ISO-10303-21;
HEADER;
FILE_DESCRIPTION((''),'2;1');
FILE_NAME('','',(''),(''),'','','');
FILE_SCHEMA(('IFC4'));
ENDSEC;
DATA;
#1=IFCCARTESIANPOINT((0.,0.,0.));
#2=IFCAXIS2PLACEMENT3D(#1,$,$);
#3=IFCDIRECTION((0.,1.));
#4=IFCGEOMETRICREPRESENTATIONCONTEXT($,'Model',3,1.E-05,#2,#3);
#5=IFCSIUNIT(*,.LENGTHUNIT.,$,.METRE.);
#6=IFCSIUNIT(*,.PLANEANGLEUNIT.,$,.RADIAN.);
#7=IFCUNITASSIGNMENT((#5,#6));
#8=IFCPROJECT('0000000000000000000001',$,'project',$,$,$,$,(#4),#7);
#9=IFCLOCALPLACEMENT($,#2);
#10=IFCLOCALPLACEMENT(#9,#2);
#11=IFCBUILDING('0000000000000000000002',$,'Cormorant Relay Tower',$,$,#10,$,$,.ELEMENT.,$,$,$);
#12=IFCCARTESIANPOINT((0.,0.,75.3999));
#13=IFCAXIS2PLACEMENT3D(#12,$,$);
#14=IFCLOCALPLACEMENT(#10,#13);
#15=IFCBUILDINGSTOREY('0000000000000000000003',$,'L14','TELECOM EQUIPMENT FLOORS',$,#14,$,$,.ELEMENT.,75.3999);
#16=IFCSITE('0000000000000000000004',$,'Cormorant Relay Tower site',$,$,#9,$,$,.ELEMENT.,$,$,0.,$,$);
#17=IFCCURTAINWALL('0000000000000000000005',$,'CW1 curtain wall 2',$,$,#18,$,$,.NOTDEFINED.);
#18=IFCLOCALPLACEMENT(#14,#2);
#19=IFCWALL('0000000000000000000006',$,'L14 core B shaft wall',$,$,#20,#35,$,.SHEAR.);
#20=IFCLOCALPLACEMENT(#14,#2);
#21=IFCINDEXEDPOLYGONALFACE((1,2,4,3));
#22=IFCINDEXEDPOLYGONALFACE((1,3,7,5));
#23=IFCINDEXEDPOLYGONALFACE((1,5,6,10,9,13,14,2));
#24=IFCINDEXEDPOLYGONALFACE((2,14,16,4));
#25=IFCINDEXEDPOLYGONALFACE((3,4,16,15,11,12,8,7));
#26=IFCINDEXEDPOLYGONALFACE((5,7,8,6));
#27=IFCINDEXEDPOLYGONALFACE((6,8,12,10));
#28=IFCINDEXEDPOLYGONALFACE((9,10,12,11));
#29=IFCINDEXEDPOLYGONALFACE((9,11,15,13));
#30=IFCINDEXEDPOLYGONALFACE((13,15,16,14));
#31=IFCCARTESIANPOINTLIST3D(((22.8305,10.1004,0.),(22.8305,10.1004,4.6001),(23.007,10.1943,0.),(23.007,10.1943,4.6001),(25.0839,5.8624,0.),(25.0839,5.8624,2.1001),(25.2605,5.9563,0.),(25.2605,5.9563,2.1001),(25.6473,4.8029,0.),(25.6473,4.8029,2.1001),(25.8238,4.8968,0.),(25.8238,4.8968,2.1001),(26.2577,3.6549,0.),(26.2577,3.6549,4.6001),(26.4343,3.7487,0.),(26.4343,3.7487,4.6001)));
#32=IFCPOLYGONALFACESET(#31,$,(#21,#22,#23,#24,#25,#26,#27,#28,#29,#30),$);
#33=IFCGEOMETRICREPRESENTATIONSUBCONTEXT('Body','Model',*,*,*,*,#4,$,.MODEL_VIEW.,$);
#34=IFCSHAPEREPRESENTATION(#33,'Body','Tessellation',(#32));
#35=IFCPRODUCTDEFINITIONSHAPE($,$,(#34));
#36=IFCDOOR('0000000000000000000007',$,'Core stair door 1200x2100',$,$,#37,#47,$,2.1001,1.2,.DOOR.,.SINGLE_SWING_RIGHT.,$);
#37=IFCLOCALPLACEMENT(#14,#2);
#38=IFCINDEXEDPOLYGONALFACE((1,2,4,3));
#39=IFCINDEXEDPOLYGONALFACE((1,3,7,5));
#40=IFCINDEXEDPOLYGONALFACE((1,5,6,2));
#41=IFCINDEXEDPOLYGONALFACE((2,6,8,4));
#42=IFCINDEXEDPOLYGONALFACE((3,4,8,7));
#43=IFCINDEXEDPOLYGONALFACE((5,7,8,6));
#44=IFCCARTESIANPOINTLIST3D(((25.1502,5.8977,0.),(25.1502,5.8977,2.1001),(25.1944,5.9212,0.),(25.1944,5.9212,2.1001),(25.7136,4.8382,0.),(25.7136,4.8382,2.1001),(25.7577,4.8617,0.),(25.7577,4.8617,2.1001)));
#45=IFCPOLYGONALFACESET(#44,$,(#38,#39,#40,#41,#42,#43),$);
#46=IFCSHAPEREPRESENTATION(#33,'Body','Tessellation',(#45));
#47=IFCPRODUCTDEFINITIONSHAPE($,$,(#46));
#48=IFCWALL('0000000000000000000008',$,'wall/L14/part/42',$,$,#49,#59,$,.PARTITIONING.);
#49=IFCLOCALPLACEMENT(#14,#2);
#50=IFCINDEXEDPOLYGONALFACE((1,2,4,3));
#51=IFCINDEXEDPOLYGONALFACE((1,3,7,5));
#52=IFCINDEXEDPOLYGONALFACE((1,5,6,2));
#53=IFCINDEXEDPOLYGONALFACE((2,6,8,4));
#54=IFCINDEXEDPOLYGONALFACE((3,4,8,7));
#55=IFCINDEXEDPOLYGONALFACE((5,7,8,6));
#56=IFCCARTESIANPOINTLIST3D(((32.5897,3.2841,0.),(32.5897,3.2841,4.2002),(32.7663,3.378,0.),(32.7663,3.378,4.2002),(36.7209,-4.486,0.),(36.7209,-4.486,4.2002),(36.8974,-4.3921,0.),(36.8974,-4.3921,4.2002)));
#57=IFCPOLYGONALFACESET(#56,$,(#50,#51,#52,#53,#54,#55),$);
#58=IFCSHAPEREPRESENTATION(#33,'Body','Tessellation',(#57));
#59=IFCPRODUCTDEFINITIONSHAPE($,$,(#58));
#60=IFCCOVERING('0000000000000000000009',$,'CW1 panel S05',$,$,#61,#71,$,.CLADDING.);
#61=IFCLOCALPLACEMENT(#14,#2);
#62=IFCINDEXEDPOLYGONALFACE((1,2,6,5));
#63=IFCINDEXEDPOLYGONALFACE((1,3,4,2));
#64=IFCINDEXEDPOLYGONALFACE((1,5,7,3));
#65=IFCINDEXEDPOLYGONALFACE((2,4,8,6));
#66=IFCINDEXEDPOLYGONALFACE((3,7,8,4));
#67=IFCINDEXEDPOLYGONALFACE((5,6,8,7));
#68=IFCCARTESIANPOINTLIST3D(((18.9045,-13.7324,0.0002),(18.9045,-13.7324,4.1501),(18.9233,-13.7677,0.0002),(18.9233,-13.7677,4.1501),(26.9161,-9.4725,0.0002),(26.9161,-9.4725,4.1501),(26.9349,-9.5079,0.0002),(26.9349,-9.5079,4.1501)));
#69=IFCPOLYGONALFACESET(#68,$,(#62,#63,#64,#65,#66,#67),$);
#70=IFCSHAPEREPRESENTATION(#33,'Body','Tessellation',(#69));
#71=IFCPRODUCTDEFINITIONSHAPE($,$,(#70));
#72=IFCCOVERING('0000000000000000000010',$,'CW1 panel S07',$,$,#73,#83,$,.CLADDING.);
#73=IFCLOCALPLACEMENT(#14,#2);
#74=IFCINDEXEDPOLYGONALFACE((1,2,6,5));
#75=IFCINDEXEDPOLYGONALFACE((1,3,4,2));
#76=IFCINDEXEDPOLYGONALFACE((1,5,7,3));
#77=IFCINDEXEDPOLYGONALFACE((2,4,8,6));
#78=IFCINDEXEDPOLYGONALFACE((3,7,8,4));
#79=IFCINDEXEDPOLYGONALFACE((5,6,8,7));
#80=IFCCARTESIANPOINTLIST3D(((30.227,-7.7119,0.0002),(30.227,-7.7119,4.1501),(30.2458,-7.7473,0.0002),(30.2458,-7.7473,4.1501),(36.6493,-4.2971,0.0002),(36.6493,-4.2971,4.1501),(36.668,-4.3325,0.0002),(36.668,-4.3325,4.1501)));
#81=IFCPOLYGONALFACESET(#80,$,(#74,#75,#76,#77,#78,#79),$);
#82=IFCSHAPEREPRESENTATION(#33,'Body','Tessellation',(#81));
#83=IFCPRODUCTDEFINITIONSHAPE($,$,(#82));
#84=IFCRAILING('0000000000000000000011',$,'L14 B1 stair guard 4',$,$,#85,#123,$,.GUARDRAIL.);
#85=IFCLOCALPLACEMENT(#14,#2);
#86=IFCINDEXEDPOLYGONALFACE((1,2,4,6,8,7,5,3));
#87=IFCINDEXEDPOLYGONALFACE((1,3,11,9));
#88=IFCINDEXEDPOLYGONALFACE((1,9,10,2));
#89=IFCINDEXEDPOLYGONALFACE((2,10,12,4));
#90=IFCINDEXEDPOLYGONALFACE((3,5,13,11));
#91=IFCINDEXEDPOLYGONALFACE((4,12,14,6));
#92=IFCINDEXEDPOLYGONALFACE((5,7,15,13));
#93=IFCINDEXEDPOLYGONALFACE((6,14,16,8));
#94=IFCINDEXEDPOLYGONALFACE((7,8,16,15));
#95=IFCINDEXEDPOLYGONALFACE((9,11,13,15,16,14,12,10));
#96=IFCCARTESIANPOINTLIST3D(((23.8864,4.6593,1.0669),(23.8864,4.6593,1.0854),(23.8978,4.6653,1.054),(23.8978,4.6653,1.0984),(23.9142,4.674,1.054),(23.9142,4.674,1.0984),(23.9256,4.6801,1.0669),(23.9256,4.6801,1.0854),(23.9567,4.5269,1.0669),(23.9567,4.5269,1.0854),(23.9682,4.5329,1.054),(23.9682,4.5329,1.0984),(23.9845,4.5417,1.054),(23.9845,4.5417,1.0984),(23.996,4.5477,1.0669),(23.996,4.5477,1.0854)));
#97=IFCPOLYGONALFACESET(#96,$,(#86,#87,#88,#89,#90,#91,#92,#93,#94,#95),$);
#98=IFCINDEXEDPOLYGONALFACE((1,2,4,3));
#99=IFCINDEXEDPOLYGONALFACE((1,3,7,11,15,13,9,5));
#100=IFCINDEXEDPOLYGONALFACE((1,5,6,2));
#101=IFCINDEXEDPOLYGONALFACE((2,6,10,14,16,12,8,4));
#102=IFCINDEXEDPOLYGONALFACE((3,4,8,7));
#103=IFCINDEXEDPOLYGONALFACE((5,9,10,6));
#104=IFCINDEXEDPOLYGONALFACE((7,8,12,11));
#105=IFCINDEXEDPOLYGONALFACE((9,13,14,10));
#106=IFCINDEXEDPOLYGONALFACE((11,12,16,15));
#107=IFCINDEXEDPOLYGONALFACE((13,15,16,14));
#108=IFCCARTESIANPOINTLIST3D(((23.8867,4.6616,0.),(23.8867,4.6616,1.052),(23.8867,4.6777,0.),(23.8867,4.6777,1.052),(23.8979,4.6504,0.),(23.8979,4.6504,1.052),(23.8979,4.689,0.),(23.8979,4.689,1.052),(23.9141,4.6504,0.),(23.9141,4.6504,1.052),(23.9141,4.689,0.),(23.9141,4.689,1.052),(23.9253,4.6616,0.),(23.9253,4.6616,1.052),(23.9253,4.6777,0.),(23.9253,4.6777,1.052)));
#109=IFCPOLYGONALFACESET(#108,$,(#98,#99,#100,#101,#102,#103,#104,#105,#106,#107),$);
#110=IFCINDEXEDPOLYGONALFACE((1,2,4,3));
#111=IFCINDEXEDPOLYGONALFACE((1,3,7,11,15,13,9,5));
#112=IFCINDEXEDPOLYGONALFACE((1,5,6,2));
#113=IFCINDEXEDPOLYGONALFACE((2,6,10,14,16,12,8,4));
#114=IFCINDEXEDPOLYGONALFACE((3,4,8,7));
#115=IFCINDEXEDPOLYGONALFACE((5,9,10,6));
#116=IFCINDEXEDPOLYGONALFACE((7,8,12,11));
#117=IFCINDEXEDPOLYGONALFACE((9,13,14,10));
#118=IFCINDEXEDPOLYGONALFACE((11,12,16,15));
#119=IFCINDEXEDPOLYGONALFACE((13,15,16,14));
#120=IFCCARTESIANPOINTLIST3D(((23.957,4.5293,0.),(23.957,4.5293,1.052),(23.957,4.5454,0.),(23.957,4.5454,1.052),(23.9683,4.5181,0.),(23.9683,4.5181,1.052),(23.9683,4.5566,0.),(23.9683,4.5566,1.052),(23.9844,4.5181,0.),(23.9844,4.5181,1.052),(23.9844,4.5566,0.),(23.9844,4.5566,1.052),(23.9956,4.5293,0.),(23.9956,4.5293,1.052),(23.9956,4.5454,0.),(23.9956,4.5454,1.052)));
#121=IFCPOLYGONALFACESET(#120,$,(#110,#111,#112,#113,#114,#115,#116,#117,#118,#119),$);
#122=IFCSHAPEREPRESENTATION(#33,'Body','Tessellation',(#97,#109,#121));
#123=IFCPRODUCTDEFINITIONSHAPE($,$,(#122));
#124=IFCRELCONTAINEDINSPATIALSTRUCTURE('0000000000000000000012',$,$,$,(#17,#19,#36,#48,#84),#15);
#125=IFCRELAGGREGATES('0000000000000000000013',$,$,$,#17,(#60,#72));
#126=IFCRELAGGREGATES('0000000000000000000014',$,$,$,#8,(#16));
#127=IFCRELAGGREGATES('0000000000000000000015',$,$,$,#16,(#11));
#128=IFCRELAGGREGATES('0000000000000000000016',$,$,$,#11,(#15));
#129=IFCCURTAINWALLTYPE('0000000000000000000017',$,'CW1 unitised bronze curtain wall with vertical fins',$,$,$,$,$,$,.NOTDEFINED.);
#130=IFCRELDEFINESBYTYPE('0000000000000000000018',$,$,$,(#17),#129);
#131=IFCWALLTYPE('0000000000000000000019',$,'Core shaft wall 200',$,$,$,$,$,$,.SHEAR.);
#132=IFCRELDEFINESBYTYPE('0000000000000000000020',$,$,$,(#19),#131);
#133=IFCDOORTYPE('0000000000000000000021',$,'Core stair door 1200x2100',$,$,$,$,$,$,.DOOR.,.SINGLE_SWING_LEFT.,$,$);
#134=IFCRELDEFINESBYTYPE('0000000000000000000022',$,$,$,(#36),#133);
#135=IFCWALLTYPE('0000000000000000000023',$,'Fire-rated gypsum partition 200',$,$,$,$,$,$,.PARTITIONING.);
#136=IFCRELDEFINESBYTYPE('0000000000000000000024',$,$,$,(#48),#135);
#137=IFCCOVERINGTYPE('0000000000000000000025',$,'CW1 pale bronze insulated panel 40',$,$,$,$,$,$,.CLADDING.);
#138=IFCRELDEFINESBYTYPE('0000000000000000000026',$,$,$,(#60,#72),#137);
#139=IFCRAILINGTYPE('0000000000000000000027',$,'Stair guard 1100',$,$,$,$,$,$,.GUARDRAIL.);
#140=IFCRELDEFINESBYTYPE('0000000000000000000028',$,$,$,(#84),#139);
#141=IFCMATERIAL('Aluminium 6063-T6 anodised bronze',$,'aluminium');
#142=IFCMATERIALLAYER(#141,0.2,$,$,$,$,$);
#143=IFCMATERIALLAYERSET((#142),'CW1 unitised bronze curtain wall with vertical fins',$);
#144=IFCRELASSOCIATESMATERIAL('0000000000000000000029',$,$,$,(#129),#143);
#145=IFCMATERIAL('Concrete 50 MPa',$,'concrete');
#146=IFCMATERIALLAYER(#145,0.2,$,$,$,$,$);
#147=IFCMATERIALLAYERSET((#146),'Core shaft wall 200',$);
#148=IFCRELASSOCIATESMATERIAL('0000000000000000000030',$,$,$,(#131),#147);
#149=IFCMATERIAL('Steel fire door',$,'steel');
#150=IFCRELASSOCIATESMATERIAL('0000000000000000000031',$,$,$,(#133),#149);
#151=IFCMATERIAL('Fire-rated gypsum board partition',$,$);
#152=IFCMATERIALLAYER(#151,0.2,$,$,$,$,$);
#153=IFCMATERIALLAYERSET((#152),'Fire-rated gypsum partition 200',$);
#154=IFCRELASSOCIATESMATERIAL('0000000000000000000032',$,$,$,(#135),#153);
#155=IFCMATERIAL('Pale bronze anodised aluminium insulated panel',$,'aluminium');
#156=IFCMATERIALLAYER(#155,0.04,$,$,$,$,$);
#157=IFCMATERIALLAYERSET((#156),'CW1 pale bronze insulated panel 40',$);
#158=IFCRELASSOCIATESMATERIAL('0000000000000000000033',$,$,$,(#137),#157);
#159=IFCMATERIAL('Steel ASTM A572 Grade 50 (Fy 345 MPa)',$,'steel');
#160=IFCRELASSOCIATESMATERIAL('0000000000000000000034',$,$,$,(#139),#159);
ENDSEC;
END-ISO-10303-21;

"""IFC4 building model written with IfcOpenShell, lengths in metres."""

from ifc_helpers import new_model, si_unit, direction, frame, frame_2d, origin, origin_2d, place, context, subcontext, project, spatial, polyline, rectangle, outline, extrude, material, layer, layer_set, type_object, element, fill, aggregate, save


model = new_model("IFC4")

# Units and contexts
model_context = context("Model", 3, precision=1e-05, world=origin(), true_north=direction((0.0, 1.0)))
body_context = subcontext(model_context, "Body", "Model", "MODEL_VIEW")
ifc_project = project(units=[si_unit("LENGTHUNIT", "METRE"), si_unit("PLANEANGLEUNIT", "RADIAN")], contexts=[model_context])

# Site, building, storey
site_placement = place(None, origin())
site = spatial("IfcSite", under=ifc_project, at=site_placement, Name="Cormorant Relay Tower site", CompositionType="ELEMENT", RefElevation=0.0)
building_placement = place(site_placement, origin())
building = spatial("IfcBuilding", under=site, at=building_placement, Name="Cormorant Relay Tower", CompositionType="ELEMENT")
storey_placement = place(building_placement, frame((0.0, 0.0, 75.3999)))
storey = spatial("IfcBuildingStorey", under=building, at=storey_placement, Name="L14", Description="TELECOM EQUIPMENT FLOORS", CompositionType="ELEMENT", Elevation=75.3999)

# Curtain wall
ifc_material_1 = material(Name="Aluminium 6063-T6 anodised bronze", Category="aluminium")
ifc_layer_1 = layer(ifc_material_1, 0.2)
ifc_layer_set_1 = layer_set([ifc_layer_1], Name="CW1 unitised bronze curtain wall with vertical fins")
curtain_wall_type = type_object("IfcCurtainWallType", Name="CW1 unitised bronze curtain wall with vertical fins", PredefinedType="NOTDEFINED", material=ifc_layer_set_1)
curtain_wall_placement = place(storey_placement, origin())
curtain_wall = element("IfcCurtainWall", 1, at=curtain_wall_placement, inside=storey, type_object=curtain_wall_type, Name="CW1 curtain wall 2", PredefinedType="NOTDEFINED")

# Wall, opening, door
ifc_material_2 = material(Name="Concrete 50 MPa", Category="concrete")
ifc_layer_2 = layer(ifc_material_2, 0.2)
ifc_layer_set_2 = layer_set([ifc_layer_2], Name="Core shaft wall 200")
wall_type_1 = type_object("IfcWallType", Name="Core shaft wall 200", PredefinedType="SHEAR", material=ifc_layer_set_2)
wall_1_placement = place(storey_placement, frame((26.3459, 3.7019, 0.0), z_axis=(0.0, 0.0, 1.0), x_axis=(-0.46948, 0.882943, 0.0)))
wall_1 = element("IfcWall", 2, at=wall_1_placement, inside=storey, type_object=wall_type_1, Name="L14 core B shaft wall", PredefinedType="SHEAR", context=body_context, shape_type="SweptSolid", body=[
    extrude(rectangle(XDim=7.3, YDim=0.2, at=frame_2d((3.6499, 0.0))), origin(), (0.0, 0.0, 1.0), 4.6001),
])
opening_placement = place(wall_1_placement, frame((1.3, 0.0, 0.0)))
opening = element("IfcOpeningElement", 3, at=opening_placement, cuts=wall_1, PredefinedType="OPENING", context=body_context, shape_type="SweptSolid", body=[
    extrude(rectangle(XDim=1.2, YDim=2.1001, at=frame_2d((0.6001, 1.05))), frame((0.0, 0.1099, 0.0), z_axis=(0.0, -1.0, 0.0), x_axis=(1.0, 0.0, 0.0)), (0.0, 0.0, 1.0), 0.22),
])
ifc_material_3 = material(Name="Steel fire door", Category="steel")
door_type = type_object("IfcDoorType", Name="Core stair door 1200x2100", OperationType="SINGLE_SWING_LEFT", PredefinedType="DOOR", material=ifc_material_3)
door_placement = place(opening_placement, origin())
door = element("IfcDoor", 4, at=door_placement, inside=storey, type_object=door_type, Name="Core stair door 1200x2100", OperationType="SINGLE_SWING_RIGHT", OverallHeight=2.1001, OverallWidth=1.2, PredefinedType="DOOR", context=body_context, shape_type="SweptSolid", body=[
    extrude(rectangle(XDim=1.2, YDim=2.1001, at=frame_2d((0.6001, 1.05))), frame((0.0, 0.0249, 0.0), z_axis=(0.0, -1.0, 0.0), x_axis=(1.0, 0.0, 0.0)), (0.0, 0.0, 1.0), 0.05),
])
fill(opening, door)

# Wall
ifc_material_4 = material(Name="Fire-rated gypsum board partition")
ifc_layer_3 = layer(ifc_material_4, 0.2)
ifc_layer_set_3 = layer_set([ifc_layer_3], Name="Fire-rated gypsum partition 200")
wall_type_2 = type_object("IfcWallType", Name="Fire-rated gypsum partition 200", PredefinedType="PARTITIONING", material=ifc_layer_set_3)
wall_2_placement = place(storey_placement, frame((36.8091, -4.439, 0.0), z_axis=(0.0, 0.0, 1.0), x_axis=(-0.469446, 0.882961, 0.0)))
element("IfcWall", 5, at=wall_2_placement, inside=storey, type_object=wall_type_2, Name="wall/L14/part/42", PredefinedType="PARTITIONING", context=body_context, shape_type="SweptSolid", body=[
    extrude(rectangle(XDim=8.8, YDim=0.2, at=frame_2d((4.3999, 0.0))), origin(), (0.0, 0.0, 1.0), 4.2002),
])

# Coverings
ifc_material_5 = material(Name="Pale bronze anodised aluminium insulated panel", Category="aluminium")
ifc_layer_4 = layer(ifc_material_5, 0.04)
ifc_layer_set_4 = layer_set([ifc_layer_4], Name="CW1 pale bronze insulated panel 40")
covering_type = type_object("IfcCoveringType", Name="CW1 pale bronze insulated panel 40", PredefinedType="CLADDING", material=ifc_layer_set_4)
covering_1_placement = place(storey_placement, frame((22.9197, -11.6201, 0.0002), z_axis=(0.0, 0.0, 1.0), x_axis=(0.882948, 0.469472, 0.0)))
covering_1 = element("IfcCovering", 6, at=covering_1_placement, type_object=covering_type, Name="CW1 panel S05", PredefinedType="CLADDING", context=body_context, shape_type="SweptSolid", body=[
    extrude(rectangle(XDim=9.0737, YDim=0.04, at=origin_2d()), origin(), (0.0, 0.0, 1.0), 4.1499),
])
covering_2_placement = place(storey_placement, frame((33.4475, -6.0222, 0.0002), z_axis=(0.0, 0.0, 1.0), x_axis=(0.882948, 0.469472, 0.0)))
covering_2 = element("IfcCovering", 7, at=covering_2_placement, type_object=covering_type, Name="CW1 panel S07", PredefinedType="CLADDING", context=body_context, shape_type="SweptSolid", body=[
    extrude(rectangle(XDim=7.2737, YDim=0.04, at=origin_2d()), origin(), (0.0, 0.0, 1.0), 4.1499),
])
aggregate(curtain_wall, [covering_1, covering_2])

# Railing
ifc_material_6 = material(Name="Steel ASTM A572 Grade 50 (Fy 345 MPa)", Category="steel")
railing_type = type_object("IfcRailingType", Name="Stair guard 1100", PredefinedType="GUARDRAIL", material=ifc_material_6)
railing_placement = place(storey_placement, frame((23.906, 4.6697, 0.0)))
element("IfcRailing", 8, at=railing_placement, inside=storey, type_object=railing_type, Name="L14 B1 stair guard 4", PredefinedType="GUARDRAIL", context=body_context, shape_type="SweptSolid", body=[
    extrude(outline(polyline([(0.0222, 0.0093), (0.0093, 0.0222), (-0.0093, 0.0222), (-0.0222, 0.0093), (-0.0222, -0.0093), (-0.0093, -0.0222), (0.0093, -0.0222), (0.0222, -0.0093), (0.0222, 0.0093)])), frame((0.0, 0.0, 1.0762), z_axis=(0.469235, -0.883074, 0.0), x_axis=(0.883074, 0.469235, 0.0)), (0.0, 0.0, 1.0), 0.1499),
    extrude(outline(polyline([(0.0193, 0.0081), (0.0081, 0.0193), (-0.0081, 0.0193), (-0.0193, 0.0081), (-0.0193, -0.0081), (-0.0081, -0.0193), (0.0081, -0.0193), (0.0193, -0.0081), (0.0193, 0.0081)])), origin(), (0.0, 0.0, 1.0), 1.052),
    extrude(outline(polyline([(0.0193, 0.0081), (0.0081, 0.0193), (-0.0081, 0.0193), (-0.0193, 0.0081), (-0.0193, -0.0081), (-0.0081, -0.0193), (0.0081, -0.0193), (0.0193, -0.0081), (0.0193, 0.0081)])), frame((0.0703, -0.1323, 0.0)), (0.0, 0.0, 1.0), 1.052),
])

save(model, "model.ifc")
